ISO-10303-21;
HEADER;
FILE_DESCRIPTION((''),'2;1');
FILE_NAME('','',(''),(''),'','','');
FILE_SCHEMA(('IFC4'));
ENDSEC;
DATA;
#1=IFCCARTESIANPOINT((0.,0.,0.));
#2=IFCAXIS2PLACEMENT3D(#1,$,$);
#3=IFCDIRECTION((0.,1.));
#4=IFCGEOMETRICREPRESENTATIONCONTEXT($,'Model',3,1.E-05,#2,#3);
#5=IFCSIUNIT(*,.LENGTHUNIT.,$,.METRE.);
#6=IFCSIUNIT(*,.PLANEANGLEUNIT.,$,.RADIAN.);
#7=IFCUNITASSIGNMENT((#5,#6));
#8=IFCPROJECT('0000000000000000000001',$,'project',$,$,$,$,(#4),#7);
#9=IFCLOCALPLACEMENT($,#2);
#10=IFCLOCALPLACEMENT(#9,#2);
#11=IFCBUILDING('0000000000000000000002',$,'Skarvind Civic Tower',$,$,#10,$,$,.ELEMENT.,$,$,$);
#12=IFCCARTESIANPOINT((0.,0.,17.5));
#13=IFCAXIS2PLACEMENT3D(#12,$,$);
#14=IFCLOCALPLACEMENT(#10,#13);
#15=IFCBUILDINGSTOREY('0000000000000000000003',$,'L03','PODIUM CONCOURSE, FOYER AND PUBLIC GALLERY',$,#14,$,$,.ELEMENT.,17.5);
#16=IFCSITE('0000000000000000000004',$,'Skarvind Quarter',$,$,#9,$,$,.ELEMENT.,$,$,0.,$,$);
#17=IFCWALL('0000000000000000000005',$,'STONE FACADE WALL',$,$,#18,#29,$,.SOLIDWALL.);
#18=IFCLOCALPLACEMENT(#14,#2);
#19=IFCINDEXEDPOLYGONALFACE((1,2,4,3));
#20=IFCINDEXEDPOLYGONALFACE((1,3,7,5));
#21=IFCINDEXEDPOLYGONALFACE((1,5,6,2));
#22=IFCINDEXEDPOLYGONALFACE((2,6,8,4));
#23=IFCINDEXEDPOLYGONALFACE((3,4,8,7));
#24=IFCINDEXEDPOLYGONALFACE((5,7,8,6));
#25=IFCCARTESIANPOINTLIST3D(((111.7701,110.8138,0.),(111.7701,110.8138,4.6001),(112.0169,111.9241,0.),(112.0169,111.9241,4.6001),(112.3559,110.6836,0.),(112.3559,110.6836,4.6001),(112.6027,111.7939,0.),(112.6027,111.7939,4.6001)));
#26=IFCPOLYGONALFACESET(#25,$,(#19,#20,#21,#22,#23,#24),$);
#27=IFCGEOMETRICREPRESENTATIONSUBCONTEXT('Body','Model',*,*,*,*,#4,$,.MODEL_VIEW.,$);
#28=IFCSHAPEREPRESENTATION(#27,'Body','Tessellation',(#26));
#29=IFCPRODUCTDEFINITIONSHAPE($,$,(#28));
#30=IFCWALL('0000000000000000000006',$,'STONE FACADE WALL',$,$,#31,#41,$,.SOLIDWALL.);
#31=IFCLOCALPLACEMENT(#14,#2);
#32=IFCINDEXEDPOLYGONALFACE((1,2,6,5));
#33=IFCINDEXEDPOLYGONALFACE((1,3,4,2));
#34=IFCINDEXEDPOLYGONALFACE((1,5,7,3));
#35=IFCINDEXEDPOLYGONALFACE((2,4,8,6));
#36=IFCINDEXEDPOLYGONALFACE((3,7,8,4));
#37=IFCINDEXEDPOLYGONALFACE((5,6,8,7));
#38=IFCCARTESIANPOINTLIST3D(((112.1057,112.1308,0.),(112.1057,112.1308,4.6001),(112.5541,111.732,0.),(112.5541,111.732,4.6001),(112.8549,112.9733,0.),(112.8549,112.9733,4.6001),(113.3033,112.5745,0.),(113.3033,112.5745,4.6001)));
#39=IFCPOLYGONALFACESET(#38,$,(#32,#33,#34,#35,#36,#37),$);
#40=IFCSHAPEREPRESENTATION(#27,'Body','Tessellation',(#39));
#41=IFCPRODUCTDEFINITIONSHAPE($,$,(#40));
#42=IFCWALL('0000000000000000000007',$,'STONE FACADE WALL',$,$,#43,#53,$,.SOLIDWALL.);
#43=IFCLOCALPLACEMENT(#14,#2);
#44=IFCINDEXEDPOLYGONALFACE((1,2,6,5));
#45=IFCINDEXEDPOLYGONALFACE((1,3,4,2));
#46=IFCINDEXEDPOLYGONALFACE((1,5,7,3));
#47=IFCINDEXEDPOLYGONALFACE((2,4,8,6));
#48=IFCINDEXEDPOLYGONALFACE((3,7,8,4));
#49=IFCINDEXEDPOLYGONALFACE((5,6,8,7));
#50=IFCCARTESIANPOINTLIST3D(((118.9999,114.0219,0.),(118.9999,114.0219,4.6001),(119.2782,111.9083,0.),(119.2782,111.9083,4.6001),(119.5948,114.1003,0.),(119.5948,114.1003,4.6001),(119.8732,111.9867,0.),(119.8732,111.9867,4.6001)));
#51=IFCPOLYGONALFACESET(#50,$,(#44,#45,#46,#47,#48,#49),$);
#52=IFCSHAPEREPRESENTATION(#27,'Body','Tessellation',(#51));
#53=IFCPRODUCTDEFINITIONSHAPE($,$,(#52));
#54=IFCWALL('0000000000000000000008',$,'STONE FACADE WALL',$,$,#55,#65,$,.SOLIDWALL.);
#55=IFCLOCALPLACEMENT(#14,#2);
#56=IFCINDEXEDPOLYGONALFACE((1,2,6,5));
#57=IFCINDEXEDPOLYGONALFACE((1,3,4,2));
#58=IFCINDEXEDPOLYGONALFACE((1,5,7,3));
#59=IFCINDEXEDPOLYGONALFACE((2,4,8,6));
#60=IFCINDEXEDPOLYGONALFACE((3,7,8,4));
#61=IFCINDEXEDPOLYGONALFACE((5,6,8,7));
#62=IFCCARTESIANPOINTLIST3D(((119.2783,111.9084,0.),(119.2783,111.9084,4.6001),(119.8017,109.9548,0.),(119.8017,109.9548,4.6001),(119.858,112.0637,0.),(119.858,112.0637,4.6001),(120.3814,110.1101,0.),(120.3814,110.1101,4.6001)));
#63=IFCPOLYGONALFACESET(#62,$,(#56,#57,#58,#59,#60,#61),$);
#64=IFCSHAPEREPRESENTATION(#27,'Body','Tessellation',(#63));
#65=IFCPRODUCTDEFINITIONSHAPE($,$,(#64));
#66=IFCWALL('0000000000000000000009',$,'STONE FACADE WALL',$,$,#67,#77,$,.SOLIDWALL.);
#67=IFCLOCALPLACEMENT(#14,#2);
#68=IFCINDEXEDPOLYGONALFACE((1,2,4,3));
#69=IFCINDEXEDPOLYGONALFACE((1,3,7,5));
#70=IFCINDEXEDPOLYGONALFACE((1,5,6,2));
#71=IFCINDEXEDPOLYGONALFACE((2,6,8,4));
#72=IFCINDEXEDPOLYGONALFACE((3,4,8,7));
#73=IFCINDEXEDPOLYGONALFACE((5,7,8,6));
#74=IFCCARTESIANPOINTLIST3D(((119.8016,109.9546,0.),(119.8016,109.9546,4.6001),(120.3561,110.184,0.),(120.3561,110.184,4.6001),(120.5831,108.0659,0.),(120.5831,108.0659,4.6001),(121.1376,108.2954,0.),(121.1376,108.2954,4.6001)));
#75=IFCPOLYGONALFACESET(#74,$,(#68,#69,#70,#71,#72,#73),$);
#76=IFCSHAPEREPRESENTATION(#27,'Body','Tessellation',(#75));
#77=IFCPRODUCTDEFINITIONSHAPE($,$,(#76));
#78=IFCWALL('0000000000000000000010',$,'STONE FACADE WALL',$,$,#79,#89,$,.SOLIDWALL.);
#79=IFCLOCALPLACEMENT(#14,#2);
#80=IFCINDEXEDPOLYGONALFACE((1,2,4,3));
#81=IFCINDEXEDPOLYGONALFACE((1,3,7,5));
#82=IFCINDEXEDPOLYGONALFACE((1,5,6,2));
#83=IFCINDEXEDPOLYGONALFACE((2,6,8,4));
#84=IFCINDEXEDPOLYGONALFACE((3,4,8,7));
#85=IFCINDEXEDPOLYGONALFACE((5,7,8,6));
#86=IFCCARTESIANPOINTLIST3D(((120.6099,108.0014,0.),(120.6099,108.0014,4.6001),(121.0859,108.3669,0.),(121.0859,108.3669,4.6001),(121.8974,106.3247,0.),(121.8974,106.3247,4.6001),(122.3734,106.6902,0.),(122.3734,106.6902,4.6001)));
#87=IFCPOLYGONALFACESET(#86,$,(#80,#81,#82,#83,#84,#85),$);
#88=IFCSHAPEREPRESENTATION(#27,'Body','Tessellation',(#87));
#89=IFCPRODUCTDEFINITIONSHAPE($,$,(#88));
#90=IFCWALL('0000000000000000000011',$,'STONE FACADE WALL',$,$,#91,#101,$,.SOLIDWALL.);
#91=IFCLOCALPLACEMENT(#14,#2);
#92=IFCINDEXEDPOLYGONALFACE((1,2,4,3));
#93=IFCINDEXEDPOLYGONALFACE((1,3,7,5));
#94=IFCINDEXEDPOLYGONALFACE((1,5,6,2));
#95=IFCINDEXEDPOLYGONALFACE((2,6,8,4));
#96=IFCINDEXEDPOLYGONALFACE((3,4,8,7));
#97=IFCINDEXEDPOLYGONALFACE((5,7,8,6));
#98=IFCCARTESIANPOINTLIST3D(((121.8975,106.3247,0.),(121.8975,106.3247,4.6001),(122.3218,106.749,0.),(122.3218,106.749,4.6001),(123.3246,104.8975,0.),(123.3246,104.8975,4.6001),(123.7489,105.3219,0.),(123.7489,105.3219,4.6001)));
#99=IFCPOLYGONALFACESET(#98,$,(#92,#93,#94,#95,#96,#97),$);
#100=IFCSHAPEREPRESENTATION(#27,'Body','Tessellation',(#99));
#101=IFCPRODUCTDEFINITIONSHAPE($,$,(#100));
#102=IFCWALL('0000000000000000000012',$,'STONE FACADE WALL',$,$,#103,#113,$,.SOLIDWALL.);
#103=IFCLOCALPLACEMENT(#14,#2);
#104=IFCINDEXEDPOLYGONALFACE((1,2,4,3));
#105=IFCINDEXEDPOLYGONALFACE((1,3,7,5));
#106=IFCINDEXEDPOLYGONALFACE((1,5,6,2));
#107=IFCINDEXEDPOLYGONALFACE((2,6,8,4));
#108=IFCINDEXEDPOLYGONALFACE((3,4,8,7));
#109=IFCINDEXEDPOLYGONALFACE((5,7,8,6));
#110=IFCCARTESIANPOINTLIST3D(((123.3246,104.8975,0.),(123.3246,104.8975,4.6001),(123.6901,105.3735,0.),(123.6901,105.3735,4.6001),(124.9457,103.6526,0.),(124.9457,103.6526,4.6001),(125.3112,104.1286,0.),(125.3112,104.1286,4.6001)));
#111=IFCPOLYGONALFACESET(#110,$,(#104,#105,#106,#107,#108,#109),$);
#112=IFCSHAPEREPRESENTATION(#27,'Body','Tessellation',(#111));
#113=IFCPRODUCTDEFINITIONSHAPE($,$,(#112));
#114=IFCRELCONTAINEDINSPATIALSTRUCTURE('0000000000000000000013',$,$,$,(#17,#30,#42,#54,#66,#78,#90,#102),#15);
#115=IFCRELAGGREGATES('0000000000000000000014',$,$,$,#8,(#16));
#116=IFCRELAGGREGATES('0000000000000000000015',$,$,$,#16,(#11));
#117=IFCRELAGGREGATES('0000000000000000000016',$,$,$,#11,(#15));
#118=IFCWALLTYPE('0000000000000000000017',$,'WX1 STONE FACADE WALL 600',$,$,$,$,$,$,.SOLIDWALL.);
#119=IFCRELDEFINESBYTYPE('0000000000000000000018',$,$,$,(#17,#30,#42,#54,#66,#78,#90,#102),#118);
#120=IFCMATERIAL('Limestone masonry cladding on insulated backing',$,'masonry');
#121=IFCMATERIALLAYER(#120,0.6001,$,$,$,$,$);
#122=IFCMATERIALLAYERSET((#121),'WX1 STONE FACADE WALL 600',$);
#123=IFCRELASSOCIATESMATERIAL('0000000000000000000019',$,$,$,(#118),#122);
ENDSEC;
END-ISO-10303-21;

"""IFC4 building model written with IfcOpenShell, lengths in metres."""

from ifc_helpers import new_model, si_unit, direction, frame, frame_2d, origin, place, context, subcontext, project, spatial, rectangle, extrude, material, layer, layer_set, type_object, element, save


model = new_model("IFC4")

# Units and contexts
model_context = context("Model", 3, precision=1e-05, world=origin(), true_north=direction((0.0, 1.0)))
body_context = subcontext(model_context, "Body", "Model", "MODEL_VIEW")
ifc_project = project(units=[si_unit("LENGTHUNIT", "METRE"), si_unit("PLANEANGLEUNIT", "RADIAN")], contexts=[model_context])

# Site, building, storey
site_placement = place(None, origin())
site = spatial("IfcSite", under=ifc_project, at=site_placement, Name="Skarvind Quarter", CompositionType="ELEMENT", RefElevation=0.0)
building_placement = place(site_placement, origin())
building = spatial("IfcBuilding", under=site, at=building_placement, Name="Skarvind Civic Tower", CompositionType="ELEMENT")
storey_placement = place(building_placement, frame((0.0, 0.0, 17.5)))
storey = spatial("IfcBuildingStorey", under=building, at=storey_placement, Name="L03", Description="PODIUM CONCOURSE, FOYER AND PUBLIC GALLERY", CompositionType="ELEMENT", Elevation=17.5)

# Walls
ifc_material_1 = material(Name="Limestone masonry cladding on insulated backing", Category="masonry")
ifc_layer_1 = layer(ifc_material_1, 0.6001)
ifc_layer_set_1 = layer_set([ifc_layer_1], Name="WX1 STONE FACADE WALL 600")
wall_type_1 = type_object("IfcWallType", Name="WX1 STONE FACADE WALL 600", PredefinedType="SOLIDWALL", material=ifc_layer_set_1)
wall_1_placement = place(storey_placement, frame((112.3098, 111.8591, 0.0), z_axis=(0.0, 0.0, 1.0), x_axis=(-0.216999, -0.976172, 0.0)))
element("IfcWall", 1, at=wall_1_placement, inside=storey, type_object=wall_type_1, Name="STONE FACADE WALL", PredefinedType="SOLIDWALL", context=body_context, shape_type="SweptSolid", body=[
    extrude(rectangle(XDim=1.1375, YDim=0.6001, at=frame_2d((0.5688, 0.0))), origin(), (0.0, 0.0, 1.0), 4.6001),
])
wall_2_placement = place(storey_placement, frame((113.0791, 112.7739, 0.0), z_axis=(0.0, 0.0, 1.0), x_axis=(-0.664539, -0.747254, 0.0)))
element("IfcWall", 2, at=wall_2_placement, inside=storey, type_object=wall_type_1, Name="STONE FACADE WALL", PredefinedType="SOLIDWALL", context=body_context, shape_type="SweptSolid", body=[
    extrude(rectangle(XDim=1.1274, YDim=0.6001, at=frame_2d((0.5637, 0.0))), origin(), (0.0, 0.0, 1.0), 4.6001),
])
wall_3_placement = place(storey_placement, frame((119.5757, 111.9475, 0.0), z_axis=(0.0, 0.0, 1.0), x_axis=(-0.130558, 0.991441, 0.0)))
element("IfcWall", 3, at=wall_3_placement, inside=storey, type_object=wall_type_1, Name="STONE FACADE WALL", PredefinedType="SOLIDWALL", context=body_context, shape_type="SweptSolid", body=[
    extrude(rectangle(XDim=2.1318, YDim=0.6001, at=frame_2d((1.0659, 0.0))), origin(), (0.0, 0.0, 1.0), 4.6001),
])
wall_4_placement = place(storey_placement, frame((120.0916, 110.0325, 0.0), z_axis=(0.0, 0.0, 1.0), x_axis=(-0.258804, 0.96593, 0.0)))
element("IfcWall", 4, at=wall_4_placement, inside=storey, type_object=wall_type_1, Name="STONE FACADE WALL", PredefinedType="SOLIDWALL", context=body_context, shape_type="SweptSolid", body=[
    extrude(rectangle(XDim=2.0225, YDim=0.6001, at=frame_2d((1.0112, 0.0))), origin(), (0.0, 0.0, 1.0), 4.6001),
])
wall_5_placement = place(storey_placement, frame((120.8604, 108.1807, 0.0), z_axis=(0.0, 0.0, 1.0), x_axis=(-0.382341, 0.924021, 0.0)))
element("IfcWall", 5, at=wall_5_placement, inside=storey, type_object=wall_type_1, Name="STONE FACADE WALL", PredefinedType="SOLIDWALL", context=body_context, shape_type="SweptSolid", body=[
    extrude(rectangle(XDim=2.0439, YDim=0.6001, at=frame_2d((1.022, 0.0))), origin(), (0.0, 0.0, 1.0), 4.6001),
])
wall_6_placement = place(storey_placement, frame((122.1355, 106.5073, 0.0), z_axis=(0.0, 0.0, 1.0), x_axis=(-0.609052, 0.79313, 0.0)))
element("IfcWall", 6, at=wall_6_placement, inside=storey, type_object=wall_type_1, Name="STONE FACADE WALL", PredefinedType="SOLIDWALL", context=body_context, shape_type="SweptSolid", body=[
    extrude(rectangle(XDim=2.114, YDim=0.6001, at=frame_2d((1.0571, 0.0))), origin(), (0.0, 0.0, 1.0), 4.6001),
])
wall_7_placement = place(storey_placement, frame((123.5369, 105.1096, 0.0), z_axis=(0.0, 0.0, 1.0), x_axis=(-0.707107, 0.707107, 0.0)))
element("IfcWall", 7, at=wall_7_placement, inside=storey, type_object=wall_type_1, Name="STONE FACADE WALL", PredefinedType="SOLIDWALL", context=body_context, shape_type="SweptSolid", body=[
    extrude(rectangle(XDim=2.0183, YDim=0.6001, at=frame_2d((1.0093, 0.0))), origin(), (0.0, 0.0, 1.0), 4.6001),
])
wall_8_placement = place(storey_placement, frame((125.1284, 103.8906, 0.0), z_axis=(0.0, 0.0, 1.0), x_axis=(-0.793125, 0.609058, 0.0)))
element("IfcWall", 8, at=wall_8_placement, inside=storey, type_object=wall_type_1, Name="STONE FACADE WALL", PredefinedType="SOLIDWALL", context=body_context, shape_type="SweptSolid", body=[
    extrude(rectangle(XDim=2.0439, YDim=0.6001, at=frame_2d((1.022, 0.0))), origin(), (0.0, 0.0, 1.0), 4.6001),
])

save(model, "model.ifc")
